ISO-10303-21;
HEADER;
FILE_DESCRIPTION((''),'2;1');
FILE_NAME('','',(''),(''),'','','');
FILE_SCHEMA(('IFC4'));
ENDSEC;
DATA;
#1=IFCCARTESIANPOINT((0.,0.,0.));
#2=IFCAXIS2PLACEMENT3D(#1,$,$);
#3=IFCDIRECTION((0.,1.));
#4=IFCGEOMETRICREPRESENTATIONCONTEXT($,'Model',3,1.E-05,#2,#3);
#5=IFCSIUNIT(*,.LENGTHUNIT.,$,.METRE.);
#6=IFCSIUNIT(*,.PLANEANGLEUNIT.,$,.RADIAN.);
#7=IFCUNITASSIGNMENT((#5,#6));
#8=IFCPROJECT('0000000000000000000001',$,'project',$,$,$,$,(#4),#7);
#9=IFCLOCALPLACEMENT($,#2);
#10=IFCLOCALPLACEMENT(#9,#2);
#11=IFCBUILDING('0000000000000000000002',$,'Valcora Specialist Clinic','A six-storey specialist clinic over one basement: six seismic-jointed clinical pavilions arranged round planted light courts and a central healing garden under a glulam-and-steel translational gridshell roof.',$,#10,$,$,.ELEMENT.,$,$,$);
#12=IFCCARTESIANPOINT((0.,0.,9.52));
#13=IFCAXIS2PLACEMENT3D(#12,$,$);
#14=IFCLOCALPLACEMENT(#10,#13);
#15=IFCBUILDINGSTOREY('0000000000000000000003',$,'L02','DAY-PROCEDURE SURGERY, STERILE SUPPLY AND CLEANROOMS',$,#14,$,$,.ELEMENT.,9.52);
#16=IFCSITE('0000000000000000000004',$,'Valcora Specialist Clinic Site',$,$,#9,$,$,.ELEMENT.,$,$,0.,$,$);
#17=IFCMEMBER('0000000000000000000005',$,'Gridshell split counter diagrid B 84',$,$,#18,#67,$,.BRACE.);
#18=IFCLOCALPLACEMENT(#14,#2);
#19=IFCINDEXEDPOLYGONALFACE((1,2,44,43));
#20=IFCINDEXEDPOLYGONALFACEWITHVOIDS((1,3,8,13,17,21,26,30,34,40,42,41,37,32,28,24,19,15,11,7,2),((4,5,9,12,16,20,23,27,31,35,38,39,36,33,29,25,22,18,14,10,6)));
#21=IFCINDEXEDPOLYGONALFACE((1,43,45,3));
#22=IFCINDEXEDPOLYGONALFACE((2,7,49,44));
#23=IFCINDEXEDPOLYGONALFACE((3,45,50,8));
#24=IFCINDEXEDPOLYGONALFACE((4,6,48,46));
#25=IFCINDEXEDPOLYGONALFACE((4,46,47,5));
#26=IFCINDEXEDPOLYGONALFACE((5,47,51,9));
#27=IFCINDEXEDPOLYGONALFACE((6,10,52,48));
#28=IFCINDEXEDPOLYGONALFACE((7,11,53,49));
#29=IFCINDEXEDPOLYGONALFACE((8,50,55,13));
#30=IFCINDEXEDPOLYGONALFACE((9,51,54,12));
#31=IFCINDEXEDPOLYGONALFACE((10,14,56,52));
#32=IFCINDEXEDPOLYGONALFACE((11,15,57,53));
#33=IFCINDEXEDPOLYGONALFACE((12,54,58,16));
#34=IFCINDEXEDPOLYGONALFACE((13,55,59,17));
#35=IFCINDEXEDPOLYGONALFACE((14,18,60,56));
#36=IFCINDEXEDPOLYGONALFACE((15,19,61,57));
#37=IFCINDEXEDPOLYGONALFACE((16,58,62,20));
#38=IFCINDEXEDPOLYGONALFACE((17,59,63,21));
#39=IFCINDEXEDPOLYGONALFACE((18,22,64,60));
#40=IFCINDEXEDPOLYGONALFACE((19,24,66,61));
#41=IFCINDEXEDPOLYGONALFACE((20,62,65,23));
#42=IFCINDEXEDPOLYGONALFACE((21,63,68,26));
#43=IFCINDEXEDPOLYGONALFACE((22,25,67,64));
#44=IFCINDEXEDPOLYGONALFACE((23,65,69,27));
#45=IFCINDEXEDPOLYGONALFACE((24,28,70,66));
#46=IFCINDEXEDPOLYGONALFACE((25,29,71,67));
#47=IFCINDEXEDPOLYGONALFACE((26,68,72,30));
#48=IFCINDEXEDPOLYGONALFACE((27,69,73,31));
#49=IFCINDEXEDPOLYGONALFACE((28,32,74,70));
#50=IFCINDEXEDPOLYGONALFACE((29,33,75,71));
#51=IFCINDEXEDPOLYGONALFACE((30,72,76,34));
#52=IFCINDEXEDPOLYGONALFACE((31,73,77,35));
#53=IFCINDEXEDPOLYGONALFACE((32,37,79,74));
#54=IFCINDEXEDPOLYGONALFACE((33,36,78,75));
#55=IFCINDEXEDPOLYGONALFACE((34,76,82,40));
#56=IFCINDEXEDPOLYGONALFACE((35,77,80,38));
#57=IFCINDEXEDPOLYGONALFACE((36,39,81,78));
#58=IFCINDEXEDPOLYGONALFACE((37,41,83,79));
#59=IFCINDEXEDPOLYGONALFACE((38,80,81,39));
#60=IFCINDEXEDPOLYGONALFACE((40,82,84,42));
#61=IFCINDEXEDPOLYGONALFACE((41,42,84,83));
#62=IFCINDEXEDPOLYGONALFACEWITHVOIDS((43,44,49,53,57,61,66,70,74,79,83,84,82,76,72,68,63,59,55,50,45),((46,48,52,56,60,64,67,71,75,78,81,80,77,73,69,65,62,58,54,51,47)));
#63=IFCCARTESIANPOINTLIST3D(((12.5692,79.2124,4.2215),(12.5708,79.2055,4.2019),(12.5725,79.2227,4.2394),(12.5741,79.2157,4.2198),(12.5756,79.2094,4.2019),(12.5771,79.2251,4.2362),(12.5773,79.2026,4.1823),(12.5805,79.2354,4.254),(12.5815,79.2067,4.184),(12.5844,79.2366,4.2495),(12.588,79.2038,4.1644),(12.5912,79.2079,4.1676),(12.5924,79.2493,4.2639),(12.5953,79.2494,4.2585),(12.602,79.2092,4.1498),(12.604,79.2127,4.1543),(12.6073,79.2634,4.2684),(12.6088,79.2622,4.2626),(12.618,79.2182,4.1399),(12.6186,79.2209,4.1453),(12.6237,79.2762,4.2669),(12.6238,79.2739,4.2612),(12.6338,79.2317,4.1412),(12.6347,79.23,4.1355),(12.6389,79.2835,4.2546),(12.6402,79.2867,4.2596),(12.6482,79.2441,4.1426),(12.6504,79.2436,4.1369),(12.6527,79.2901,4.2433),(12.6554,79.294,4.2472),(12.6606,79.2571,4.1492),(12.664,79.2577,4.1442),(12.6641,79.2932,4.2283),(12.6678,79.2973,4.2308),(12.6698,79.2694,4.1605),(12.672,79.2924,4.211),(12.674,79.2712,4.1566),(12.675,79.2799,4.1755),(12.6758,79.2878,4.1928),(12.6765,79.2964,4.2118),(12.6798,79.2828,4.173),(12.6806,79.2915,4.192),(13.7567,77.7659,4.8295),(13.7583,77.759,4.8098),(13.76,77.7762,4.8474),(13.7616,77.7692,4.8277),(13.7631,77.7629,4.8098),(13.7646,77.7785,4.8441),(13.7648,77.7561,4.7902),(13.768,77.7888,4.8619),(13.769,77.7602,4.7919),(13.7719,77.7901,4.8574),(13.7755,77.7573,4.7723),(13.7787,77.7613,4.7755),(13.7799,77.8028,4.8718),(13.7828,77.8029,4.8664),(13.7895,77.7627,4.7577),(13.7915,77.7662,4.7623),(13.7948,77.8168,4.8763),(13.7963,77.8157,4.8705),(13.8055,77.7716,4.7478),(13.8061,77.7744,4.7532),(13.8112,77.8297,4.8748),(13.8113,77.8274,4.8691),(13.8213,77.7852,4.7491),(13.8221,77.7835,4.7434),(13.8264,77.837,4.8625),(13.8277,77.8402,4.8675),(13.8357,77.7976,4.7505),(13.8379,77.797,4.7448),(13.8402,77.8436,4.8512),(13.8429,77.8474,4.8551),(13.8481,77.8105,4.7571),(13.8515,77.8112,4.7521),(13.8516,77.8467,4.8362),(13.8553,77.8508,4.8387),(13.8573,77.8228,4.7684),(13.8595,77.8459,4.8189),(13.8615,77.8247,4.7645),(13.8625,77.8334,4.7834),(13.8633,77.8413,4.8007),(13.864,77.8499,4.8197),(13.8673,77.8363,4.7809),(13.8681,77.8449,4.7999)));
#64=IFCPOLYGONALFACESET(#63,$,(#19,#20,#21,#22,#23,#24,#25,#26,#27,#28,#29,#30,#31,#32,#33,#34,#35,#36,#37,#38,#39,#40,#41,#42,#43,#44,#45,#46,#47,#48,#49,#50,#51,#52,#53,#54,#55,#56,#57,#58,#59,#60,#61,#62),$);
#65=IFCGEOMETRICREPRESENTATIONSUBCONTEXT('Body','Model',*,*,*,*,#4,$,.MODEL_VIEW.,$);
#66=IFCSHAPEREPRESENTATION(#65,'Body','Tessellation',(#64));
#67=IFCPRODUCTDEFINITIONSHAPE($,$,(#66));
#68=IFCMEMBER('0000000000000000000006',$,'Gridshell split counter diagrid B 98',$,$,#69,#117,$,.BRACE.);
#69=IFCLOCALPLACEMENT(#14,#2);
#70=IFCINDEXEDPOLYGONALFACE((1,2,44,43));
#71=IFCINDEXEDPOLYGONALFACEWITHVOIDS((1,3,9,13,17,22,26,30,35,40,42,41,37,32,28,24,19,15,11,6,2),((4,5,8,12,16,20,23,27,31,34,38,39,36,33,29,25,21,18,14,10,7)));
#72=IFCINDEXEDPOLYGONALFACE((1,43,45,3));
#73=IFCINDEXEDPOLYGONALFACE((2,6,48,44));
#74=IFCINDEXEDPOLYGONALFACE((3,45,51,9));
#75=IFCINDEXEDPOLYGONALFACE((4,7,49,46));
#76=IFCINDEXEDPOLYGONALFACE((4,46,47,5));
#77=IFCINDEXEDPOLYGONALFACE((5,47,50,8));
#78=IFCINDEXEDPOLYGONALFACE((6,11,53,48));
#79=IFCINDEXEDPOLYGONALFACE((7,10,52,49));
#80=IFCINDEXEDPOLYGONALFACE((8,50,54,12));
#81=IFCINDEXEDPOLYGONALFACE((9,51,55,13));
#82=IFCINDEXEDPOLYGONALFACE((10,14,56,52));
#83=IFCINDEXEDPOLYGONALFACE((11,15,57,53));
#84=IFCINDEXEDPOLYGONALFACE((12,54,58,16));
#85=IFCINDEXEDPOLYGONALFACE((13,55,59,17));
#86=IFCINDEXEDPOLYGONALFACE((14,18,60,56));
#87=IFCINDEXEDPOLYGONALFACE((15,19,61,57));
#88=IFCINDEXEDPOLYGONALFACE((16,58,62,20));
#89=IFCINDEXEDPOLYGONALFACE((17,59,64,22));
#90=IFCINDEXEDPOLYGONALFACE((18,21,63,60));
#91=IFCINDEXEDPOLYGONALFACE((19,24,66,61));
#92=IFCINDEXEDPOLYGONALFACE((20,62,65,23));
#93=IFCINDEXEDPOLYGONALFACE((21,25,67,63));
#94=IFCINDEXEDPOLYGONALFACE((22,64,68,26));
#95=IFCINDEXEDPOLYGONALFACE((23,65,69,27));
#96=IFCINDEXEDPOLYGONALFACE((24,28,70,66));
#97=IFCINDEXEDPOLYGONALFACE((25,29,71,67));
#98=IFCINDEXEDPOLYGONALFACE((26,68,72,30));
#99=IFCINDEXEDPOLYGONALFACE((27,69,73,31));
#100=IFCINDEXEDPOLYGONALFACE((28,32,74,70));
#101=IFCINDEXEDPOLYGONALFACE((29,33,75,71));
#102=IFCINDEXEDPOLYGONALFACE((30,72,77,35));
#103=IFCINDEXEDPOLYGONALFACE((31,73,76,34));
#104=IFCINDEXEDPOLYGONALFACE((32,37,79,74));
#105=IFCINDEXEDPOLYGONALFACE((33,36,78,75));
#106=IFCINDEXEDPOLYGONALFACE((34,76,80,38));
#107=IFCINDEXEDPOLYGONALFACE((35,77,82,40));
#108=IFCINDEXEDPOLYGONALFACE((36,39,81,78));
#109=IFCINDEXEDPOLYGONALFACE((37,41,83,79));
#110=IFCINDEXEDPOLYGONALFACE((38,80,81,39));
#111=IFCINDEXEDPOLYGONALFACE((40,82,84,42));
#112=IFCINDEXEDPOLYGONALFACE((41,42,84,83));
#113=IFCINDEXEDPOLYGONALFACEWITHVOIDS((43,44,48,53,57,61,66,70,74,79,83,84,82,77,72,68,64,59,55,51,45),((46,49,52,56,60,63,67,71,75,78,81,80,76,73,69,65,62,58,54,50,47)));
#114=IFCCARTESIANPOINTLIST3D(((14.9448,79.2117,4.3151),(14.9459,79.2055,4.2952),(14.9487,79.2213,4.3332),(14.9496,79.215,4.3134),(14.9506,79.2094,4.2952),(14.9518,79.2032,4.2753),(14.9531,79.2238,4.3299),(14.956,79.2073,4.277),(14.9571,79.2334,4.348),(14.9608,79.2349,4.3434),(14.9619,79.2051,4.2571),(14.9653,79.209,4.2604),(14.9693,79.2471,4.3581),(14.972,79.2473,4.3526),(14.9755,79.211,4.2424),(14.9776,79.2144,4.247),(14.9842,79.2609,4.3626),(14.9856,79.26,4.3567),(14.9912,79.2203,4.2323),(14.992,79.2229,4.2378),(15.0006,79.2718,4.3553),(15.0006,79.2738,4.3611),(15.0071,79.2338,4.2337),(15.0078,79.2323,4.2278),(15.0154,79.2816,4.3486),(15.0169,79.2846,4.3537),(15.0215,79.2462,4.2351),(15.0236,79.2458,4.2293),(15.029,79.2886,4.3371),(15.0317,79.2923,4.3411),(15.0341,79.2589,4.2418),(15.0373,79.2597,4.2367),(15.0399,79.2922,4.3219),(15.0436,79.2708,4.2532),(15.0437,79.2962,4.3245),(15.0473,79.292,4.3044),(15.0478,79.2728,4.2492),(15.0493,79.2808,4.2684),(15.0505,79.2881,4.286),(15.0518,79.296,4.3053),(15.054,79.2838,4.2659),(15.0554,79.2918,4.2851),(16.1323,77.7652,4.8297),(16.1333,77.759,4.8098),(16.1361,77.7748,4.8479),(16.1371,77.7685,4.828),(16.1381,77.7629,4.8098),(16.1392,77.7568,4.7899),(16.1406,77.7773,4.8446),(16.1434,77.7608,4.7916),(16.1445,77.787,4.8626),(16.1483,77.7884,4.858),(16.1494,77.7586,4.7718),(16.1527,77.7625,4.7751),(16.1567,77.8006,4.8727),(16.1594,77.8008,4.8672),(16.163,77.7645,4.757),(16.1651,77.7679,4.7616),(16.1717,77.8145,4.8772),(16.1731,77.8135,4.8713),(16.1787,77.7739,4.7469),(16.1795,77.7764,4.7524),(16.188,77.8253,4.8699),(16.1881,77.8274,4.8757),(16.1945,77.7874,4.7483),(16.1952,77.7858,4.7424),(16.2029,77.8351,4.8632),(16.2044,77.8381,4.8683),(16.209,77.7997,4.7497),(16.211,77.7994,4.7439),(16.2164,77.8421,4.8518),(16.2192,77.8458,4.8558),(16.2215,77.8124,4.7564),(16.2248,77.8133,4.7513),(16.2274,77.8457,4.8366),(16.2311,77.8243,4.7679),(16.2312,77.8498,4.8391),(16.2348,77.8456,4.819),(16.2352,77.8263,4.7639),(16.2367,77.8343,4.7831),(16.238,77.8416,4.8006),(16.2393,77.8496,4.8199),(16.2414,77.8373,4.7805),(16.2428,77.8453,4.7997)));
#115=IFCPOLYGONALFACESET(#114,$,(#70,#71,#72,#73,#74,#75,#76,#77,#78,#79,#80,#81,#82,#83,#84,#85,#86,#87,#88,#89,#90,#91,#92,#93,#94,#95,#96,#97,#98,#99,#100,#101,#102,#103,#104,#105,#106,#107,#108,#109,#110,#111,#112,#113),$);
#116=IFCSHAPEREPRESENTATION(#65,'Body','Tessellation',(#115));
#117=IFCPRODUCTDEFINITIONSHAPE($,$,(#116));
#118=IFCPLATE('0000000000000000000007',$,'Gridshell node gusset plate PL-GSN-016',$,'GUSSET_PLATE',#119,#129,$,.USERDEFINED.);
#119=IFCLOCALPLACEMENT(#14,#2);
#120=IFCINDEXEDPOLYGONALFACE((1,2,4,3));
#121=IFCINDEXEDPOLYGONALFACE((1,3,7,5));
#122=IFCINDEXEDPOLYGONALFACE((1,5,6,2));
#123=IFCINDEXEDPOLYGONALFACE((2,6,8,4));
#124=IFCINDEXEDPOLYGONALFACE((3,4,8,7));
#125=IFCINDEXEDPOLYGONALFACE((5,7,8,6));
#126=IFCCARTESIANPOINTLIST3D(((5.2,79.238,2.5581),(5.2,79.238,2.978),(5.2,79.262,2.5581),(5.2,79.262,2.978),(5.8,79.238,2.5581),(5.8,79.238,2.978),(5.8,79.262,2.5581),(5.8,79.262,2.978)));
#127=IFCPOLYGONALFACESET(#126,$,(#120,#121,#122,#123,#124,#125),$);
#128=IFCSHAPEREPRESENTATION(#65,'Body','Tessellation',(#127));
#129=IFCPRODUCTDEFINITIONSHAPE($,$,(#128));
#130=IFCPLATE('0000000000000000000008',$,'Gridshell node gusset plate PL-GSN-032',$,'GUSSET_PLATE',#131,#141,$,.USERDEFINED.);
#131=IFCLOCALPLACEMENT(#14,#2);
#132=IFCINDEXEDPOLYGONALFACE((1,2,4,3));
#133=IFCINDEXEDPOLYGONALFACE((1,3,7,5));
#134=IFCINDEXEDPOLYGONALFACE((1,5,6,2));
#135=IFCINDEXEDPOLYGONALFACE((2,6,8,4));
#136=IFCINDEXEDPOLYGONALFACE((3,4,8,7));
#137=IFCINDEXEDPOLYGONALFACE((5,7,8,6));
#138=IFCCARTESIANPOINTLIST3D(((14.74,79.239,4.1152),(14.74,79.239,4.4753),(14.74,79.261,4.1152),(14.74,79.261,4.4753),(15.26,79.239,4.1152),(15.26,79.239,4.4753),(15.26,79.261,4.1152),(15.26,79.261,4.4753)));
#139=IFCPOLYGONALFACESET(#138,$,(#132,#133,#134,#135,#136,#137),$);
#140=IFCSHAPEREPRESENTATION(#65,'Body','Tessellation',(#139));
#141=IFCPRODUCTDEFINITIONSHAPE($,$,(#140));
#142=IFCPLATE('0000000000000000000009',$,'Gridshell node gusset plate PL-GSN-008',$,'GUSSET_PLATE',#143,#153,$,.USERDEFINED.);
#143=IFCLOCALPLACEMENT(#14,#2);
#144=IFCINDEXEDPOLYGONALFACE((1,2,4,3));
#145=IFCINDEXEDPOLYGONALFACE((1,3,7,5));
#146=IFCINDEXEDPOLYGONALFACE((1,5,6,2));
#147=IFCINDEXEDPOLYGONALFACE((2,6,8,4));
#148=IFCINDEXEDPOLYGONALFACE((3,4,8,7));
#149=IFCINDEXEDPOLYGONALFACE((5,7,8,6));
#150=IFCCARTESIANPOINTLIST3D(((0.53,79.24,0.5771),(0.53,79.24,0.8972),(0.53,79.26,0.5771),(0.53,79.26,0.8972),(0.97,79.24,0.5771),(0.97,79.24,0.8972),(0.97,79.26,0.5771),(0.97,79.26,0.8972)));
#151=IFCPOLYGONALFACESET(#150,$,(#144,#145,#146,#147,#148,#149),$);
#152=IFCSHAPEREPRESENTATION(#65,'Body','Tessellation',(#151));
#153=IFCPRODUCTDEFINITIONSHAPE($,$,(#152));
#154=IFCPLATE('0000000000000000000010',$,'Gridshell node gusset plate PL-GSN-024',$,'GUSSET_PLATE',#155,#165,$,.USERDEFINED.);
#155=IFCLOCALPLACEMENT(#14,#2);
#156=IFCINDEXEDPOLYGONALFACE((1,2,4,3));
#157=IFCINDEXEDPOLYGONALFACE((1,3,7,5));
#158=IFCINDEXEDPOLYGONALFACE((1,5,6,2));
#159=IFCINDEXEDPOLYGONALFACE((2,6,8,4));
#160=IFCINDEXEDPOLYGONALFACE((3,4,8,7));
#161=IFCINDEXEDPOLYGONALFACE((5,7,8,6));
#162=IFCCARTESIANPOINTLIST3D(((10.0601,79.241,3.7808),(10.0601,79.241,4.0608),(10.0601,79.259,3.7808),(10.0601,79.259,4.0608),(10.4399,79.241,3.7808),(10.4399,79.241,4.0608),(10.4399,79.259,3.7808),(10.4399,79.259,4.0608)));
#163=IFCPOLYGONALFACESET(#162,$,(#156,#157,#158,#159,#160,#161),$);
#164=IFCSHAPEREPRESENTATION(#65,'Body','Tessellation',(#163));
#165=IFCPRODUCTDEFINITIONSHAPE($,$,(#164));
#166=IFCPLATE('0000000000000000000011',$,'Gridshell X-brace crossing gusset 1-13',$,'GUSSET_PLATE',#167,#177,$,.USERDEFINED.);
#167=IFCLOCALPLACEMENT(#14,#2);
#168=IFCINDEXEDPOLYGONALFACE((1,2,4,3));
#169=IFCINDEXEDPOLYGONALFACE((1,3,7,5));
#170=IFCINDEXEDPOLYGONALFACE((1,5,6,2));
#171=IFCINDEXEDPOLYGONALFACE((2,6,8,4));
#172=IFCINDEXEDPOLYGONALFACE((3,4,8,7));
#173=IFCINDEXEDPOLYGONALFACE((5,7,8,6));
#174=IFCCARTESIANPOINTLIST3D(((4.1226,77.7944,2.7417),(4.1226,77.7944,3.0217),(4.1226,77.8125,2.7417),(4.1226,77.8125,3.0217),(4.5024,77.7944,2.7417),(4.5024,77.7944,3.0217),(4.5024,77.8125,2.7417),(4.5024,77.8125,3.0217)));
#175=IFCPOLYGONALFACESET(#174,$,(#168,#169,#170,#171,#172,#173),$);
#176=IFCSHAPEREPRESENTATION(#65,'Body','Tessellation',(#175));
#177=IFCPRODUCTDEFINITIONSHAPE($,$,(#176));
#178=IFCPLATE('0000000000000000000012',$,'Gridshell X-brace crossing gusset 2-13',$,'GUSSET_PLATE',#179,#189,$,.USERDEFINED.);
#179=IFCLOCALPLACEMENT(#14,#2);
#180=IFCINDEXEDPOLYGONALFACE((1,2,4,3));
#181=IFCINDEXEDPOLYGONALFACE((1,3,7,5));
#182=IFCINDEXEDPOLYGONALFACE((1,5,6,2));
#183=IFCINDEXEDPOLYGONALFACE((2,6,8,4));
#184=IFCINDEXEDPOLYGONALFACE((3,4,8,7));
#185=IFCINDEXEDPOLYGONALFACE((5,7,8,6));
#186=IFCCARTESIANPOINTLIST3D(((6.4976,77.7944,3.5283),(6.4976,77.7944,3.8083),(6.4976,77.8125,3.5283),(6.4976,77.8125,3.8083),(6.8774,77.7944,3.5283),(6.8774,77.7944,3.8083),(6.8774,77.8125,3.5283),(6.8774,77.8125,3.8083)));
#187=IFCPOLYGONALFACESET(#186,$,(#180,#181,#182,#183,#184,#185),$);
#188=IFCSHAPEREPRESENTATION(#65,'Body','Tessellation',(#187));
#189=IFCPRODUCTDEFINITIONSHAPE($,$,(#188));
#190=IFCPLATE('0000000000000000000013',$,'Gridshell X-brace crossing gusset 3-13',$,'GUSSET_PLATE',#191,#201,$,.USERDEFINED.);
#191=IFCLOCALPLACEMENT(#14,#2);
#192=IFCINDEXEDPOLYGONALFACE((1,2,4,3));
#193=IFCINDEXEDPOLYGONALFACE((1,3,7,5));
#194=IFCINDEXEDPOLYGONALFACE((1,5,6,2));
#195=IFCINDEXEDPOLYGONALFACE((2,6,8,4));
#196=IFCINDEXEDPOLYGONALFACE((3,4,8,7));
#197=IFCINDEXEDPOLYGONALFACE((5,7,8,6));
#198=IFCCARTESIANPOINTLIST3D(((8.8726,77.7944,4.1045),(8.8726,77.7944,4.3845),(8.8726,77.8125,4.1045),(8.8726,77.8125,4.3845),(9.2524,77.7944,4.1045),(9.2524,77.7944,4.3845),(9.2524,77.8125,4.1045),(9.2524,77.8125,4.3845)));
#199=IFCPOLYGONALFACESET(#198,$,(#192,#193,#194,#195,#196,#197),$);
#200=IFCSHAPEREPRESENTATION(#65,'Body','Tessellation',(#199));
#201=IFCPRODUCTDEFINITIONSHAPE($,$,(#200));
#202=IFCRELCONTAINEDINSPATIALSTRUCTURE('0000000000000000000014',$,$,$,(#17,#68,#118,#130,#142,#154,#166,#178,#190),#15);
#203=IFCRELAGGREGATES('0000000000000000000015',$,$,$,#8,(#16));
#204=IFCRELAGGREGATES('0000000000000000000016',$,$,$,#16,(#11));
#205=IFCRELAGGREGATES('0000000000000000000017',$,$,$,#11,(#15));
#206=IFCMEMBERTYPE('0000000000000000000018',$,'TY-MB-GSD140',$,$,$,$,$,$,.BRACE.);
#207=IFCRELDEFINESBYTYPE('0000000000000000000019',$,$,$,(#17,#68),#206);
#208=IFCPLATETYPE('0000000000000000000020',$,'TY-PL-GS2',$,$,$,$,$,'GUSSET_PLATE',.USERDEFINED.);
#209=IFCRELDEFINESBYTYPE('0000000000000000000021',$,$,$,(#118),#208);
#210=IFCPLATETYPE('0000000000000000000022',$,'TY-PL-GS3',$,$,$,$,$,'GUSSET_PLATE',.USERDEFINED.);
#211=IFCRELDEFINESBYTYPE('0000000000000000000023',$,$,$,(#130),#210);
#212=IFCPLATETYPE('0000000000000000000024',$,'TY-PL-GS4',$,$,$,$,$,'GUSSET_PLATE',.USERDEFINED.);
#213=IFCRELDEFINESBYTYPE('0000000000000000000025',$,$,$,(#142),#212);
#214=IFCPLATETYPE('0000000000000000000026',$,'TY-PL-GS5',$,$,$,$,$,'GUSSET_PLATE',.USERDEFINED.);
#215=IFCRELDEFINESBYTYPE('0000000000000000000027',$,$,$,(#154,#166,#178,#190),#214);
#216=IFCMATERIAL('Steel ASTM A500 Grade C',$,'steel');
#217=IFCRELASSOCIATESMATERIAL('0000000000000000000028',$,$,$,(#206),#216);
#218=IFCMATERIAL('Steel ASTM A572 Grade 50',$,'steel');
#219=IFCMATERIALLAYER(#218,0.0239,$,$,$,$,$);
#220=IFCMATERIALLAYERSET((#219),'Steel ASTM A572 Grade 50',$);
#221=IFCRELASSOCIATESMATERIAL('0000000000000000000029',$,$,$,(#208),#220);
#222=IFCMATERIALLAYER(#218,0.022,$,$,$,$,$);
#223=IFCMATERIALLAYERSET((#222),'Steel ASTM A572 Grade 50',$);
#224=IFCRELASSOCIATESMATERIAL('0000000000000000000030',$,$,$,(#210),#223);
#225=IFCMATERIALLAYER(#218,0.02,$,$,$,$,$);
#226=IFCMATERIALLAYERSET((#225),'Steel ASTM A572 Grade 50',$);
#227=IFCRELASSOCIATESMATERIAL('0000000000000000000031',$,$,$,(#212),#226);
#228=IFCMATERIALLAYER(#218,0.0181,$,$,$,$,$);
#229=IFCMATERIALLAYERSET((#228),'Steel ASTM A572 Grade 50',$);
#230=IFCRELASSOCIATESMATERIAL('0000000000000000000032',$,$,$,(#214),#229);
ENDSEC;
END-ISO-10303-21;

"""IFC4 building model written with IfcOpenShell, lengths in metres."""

from ifc_helpers import new_model, si_unit, direction, frame, origin, origin_2d, place, context, subcontext, project, spatial, rectangle, hollow_circle, extrude, material, layer, layer_set, material_profile, profile_set, type_object, element, save


model = new_model("IFC4")

# Units and contexts
model_context = context("Model", 3, precision=1e-05, world=origin(), true_north=direction((0.0, 1.0)))
body_context = subcontext(model_context, "Body", "Model", "MODEL_VIEW")
ifc_project = project(units=[si_unit("LENGTHUNIT", "METRE"), si_unit("PLANEANGLEUNIT", "RADIAN")], contexts=[model_context])

# Site, building, storey
site_placement = place(None, origin())
site = spatial("IfcSite", under=ifc_project, at=site_placement, Name="Valcora Specialist Clinic Site", CompositionType="ELEMENT", RefElevation=0.0)
building_placement = place(site_placement, origin())
building = spatial("IfcBuilding", under=site, at=building_placement, Name="Valcora Specialist Clinic", Description="A six-storey specialist clinic over one basement: six seismic-jointed clinical pavilions arranged round planted light courts and a central healing garden under a glulam-and-steel translational gridshell roof.", CompositionType="ELEMENT")
storey_placement = place(building_placement, frame((0.0, 0.0, 9.52)))
storey = spatial("IfcBuildingStorey", under=building, at=storey_placement, Name="L02", Description="DAY-PROCEDURE SURGERY, STERILE SUPPLY AND CLEANROOMS", CompositionType="ELEMENT", Elevation=9.52)

# Members
ifc_material_1 = material(Name="Steel ASTM A500 Grade C", Category="steel")
ifc_material_profile_1 = material_profile(ifc_material_1, hollow_circle(Radius=0.0701, WallThickness=0.0061, at=origin_2d()), Name="ST-CHS-140X6")
ifc_profile_set_1 = profile_set([ifc_material_profile_1], Name="Steel ASTM A500 Grade C")
member_type = type_object("IfcMemberType", Name="TY-MB-GSD140", PredefinedType="BRACE", material=ifc_profile_set_1)
member_1_placement = place(storey_placement, frame((13.8125, 77.8035, 4.8098), z_axis=(-0.603471, 0.735108, -0.308932), x_axis=(-0.772916, -0.634508, 0.0)))
element("IfcMember", 1, at=member_1_placement, inside=storey, type_object=member_type, Name="Gridshell split counter diagrid B 84", PredefinedType="BRACE", context=body_context, shape_type="SweptSolid", body=[
    extrude(hollow_circle(Radius=0.0701, WallThickness=0.0061, at=origin_2d()), origin(), (0.0, 0.0, 1.0), 1.9678),
])
member_2_placement = place(storey_placement, frame((16.1875, 77.8035, 4.8098), z_axis=(-0.611798, 0.745252, -0.265146), x_axis=(-0.772916, -0.634508, 0.0)))
element("IfcMember", 2, at=member_2_placement, inside=storey, type_object=member_type, Name="Gridshell split counter diagrid B 98", PredefinedType="BRACE", context=body_context, shape_type="SweptSolid", body=[
    extrude(hollow_circle(Radius=0.0701, WallThickness=0.0061, at=origin_2d()), origin(), (0.0, 0.0, 1.0), 1.9409),
])

# Plates
ifc_material_2 = material(Name="Steel ASTM A572 Grade 50", Category="steel")
ifc_layer_1 = layer(ifc_material_2, 0.0239)
ifc_layer_set_1 = layer_set([ifc_layer_1], Name="Steel ASTM A572 Grade 50")
plate_type_1 = type_object("IfcPlateType", Name="TY-PL-GS2", ElementType="GUSSET_PLATE", PredefinedType="USERDEFINED", material=ifc_layer_set_1)
plate_1_placement = place(storey_placement, frame((5.5, 79.25, 2.5581), z_axis=(0.0, 0.0, 1.0), x_axis=(1.0, 0.0, 0.0)))
element("IfcPlate", 3, at=plate_1_placement, inside=storey, type_object=plate_type_1, Name="Gridshell node gusset plate PL-GSN-016", ObjectType="GUSSET_PLATE", PredefinedType="USERDEFINED", context=body_context, shape_type="SweptSolid", body=[
    extrude(rectangle(XDim=0.6001, YDim=0.0239, at=origin_2d()), origin(), (0.0, 0.0, 1.0), 0.4199),
])
ifc_layer_2 = layer(ifc_material_2, 0.022)
ifc_layer_set_2 = layer_set([ifc_layer_2], Name="Steel ASTM A572 Grade 50")
plate_type_2 = type_object("IfcPlateType", Name="TY-PL-GS3", ElementType="GUSSET_PLATE", PredefinedType="USERDEFINED", material=ifc_layer_set_2)
plate_2_placement = place(storey_placement, frame((15.0, 79.25, 4.1152), z_axis=(0.0, 0.0, 1.0), x_axis=(1.0, 0.0, 0.0)))
element("IfcPlate", 4, at=plate_2_placement, inside=storey, type_object=plate_type_2, Name="Gridshell node gusset plate PL-GSN-032", ObjectType="GUSSET_PLATE", PredefinedType="USERDEFINED", context=body_context, shape_type="SweptSolid", body=[
    extrude(rectangle(XDim=0.52, YDim=0.022, at=origin_2d()), origin(), (0.0, 0.0, 1.0), 0.3601),
])
ifc_layer_3 = layer(ifc_material_2, 0.02)
ifc_layer_set_3 = layer_set([ifc_layer_3], Name="Steel ASTM A572 Grade 50")
plate_type_3 = type_object("IfcPlateType", Name="TY-PL-GS4", ElementType="GUSSET_PLATE", PredefinedType="USERDEFINED", material=ifc_layer_set_3)
plate_3_placement = place(storey_placement, frame((0.75, 79.25, 0.5771), z_axis=(0.0, 0.0, 1.0), x_axis=(1.0, 0.0, 0.0)))
element("IfcPlate", 5, at=plate_3_placement, inside=storey, type_object=plate_type_3, Name="Gridshell node gusset plate PL-GSN-008", ObjectType="GUSSET_PLATE", PredefinedType="USERDEFINED", context=body_context, shape_type="SweptSolid", body=[
    extrude(rectangle(XDim=0.4399, YDim=0.02, at=origin_2d()), origin(), (0.0, 0.0, 1.0), 0.3201),
])
ifc_layer_4 = layer(ifc_material_2, 0.0181)
ifc_layer_set_4 = layer_set([ifc_layer_4], Name="Steel ASTM A572 Grade 50")
plate_type_4 = type_object("IfcPlateType", Name="TY-PL-GS5", ElementType="GUSSET_PLATE", PredefinedType="USERDEFINED", material=ifc_layer_set_4)
for number, where, z_axis, x_axis, name in (
    (6, (10.25, 79.25, 3.7808), (0.0, 0.0, 1.0), (1.0, 0.0, 0.0), "Gridshell node gusset plate PL-GSN-024"),
    (7, (4.3125, 77.8035, 2.7417), (0.0, 0.0, 1.0), (1.0, 0.0, 0.0), "Gridshell X-brace crossing gusset 1-13"),
    (8, (6.6875, 77.8035, 3.5283), (0.0, 0.0, 1.0), (1.0, 0.0, 0.0), "Gridshell X-brace crossing gusset 2-13"),
    (9, (9.0625, 77.8035, 4.1045), (0.0, 0.0, 1.0), (1.0, 0.0, 0.0), "Gridshell X-brace crossing gusset 3-13"),
):
    element("IfcPlate", number, at=place(storey_placement, frame(where, z_axis=z_axis, x_axis=x_axis)), inside=storey, type_object=plate_type_4, Name=name, ObjectType="GUSSET_PLATE", PredefinedType="USERDEFINED", context=body_context, shape_type="SweptSolid", body=[
        extrude(rectangle(XDim=0.3799, YDim=0.0181, at=origin_2d()), origin(), (0.0, 0.0, 1.0), 0.28),
    ])

save(model, "model.ifc")
